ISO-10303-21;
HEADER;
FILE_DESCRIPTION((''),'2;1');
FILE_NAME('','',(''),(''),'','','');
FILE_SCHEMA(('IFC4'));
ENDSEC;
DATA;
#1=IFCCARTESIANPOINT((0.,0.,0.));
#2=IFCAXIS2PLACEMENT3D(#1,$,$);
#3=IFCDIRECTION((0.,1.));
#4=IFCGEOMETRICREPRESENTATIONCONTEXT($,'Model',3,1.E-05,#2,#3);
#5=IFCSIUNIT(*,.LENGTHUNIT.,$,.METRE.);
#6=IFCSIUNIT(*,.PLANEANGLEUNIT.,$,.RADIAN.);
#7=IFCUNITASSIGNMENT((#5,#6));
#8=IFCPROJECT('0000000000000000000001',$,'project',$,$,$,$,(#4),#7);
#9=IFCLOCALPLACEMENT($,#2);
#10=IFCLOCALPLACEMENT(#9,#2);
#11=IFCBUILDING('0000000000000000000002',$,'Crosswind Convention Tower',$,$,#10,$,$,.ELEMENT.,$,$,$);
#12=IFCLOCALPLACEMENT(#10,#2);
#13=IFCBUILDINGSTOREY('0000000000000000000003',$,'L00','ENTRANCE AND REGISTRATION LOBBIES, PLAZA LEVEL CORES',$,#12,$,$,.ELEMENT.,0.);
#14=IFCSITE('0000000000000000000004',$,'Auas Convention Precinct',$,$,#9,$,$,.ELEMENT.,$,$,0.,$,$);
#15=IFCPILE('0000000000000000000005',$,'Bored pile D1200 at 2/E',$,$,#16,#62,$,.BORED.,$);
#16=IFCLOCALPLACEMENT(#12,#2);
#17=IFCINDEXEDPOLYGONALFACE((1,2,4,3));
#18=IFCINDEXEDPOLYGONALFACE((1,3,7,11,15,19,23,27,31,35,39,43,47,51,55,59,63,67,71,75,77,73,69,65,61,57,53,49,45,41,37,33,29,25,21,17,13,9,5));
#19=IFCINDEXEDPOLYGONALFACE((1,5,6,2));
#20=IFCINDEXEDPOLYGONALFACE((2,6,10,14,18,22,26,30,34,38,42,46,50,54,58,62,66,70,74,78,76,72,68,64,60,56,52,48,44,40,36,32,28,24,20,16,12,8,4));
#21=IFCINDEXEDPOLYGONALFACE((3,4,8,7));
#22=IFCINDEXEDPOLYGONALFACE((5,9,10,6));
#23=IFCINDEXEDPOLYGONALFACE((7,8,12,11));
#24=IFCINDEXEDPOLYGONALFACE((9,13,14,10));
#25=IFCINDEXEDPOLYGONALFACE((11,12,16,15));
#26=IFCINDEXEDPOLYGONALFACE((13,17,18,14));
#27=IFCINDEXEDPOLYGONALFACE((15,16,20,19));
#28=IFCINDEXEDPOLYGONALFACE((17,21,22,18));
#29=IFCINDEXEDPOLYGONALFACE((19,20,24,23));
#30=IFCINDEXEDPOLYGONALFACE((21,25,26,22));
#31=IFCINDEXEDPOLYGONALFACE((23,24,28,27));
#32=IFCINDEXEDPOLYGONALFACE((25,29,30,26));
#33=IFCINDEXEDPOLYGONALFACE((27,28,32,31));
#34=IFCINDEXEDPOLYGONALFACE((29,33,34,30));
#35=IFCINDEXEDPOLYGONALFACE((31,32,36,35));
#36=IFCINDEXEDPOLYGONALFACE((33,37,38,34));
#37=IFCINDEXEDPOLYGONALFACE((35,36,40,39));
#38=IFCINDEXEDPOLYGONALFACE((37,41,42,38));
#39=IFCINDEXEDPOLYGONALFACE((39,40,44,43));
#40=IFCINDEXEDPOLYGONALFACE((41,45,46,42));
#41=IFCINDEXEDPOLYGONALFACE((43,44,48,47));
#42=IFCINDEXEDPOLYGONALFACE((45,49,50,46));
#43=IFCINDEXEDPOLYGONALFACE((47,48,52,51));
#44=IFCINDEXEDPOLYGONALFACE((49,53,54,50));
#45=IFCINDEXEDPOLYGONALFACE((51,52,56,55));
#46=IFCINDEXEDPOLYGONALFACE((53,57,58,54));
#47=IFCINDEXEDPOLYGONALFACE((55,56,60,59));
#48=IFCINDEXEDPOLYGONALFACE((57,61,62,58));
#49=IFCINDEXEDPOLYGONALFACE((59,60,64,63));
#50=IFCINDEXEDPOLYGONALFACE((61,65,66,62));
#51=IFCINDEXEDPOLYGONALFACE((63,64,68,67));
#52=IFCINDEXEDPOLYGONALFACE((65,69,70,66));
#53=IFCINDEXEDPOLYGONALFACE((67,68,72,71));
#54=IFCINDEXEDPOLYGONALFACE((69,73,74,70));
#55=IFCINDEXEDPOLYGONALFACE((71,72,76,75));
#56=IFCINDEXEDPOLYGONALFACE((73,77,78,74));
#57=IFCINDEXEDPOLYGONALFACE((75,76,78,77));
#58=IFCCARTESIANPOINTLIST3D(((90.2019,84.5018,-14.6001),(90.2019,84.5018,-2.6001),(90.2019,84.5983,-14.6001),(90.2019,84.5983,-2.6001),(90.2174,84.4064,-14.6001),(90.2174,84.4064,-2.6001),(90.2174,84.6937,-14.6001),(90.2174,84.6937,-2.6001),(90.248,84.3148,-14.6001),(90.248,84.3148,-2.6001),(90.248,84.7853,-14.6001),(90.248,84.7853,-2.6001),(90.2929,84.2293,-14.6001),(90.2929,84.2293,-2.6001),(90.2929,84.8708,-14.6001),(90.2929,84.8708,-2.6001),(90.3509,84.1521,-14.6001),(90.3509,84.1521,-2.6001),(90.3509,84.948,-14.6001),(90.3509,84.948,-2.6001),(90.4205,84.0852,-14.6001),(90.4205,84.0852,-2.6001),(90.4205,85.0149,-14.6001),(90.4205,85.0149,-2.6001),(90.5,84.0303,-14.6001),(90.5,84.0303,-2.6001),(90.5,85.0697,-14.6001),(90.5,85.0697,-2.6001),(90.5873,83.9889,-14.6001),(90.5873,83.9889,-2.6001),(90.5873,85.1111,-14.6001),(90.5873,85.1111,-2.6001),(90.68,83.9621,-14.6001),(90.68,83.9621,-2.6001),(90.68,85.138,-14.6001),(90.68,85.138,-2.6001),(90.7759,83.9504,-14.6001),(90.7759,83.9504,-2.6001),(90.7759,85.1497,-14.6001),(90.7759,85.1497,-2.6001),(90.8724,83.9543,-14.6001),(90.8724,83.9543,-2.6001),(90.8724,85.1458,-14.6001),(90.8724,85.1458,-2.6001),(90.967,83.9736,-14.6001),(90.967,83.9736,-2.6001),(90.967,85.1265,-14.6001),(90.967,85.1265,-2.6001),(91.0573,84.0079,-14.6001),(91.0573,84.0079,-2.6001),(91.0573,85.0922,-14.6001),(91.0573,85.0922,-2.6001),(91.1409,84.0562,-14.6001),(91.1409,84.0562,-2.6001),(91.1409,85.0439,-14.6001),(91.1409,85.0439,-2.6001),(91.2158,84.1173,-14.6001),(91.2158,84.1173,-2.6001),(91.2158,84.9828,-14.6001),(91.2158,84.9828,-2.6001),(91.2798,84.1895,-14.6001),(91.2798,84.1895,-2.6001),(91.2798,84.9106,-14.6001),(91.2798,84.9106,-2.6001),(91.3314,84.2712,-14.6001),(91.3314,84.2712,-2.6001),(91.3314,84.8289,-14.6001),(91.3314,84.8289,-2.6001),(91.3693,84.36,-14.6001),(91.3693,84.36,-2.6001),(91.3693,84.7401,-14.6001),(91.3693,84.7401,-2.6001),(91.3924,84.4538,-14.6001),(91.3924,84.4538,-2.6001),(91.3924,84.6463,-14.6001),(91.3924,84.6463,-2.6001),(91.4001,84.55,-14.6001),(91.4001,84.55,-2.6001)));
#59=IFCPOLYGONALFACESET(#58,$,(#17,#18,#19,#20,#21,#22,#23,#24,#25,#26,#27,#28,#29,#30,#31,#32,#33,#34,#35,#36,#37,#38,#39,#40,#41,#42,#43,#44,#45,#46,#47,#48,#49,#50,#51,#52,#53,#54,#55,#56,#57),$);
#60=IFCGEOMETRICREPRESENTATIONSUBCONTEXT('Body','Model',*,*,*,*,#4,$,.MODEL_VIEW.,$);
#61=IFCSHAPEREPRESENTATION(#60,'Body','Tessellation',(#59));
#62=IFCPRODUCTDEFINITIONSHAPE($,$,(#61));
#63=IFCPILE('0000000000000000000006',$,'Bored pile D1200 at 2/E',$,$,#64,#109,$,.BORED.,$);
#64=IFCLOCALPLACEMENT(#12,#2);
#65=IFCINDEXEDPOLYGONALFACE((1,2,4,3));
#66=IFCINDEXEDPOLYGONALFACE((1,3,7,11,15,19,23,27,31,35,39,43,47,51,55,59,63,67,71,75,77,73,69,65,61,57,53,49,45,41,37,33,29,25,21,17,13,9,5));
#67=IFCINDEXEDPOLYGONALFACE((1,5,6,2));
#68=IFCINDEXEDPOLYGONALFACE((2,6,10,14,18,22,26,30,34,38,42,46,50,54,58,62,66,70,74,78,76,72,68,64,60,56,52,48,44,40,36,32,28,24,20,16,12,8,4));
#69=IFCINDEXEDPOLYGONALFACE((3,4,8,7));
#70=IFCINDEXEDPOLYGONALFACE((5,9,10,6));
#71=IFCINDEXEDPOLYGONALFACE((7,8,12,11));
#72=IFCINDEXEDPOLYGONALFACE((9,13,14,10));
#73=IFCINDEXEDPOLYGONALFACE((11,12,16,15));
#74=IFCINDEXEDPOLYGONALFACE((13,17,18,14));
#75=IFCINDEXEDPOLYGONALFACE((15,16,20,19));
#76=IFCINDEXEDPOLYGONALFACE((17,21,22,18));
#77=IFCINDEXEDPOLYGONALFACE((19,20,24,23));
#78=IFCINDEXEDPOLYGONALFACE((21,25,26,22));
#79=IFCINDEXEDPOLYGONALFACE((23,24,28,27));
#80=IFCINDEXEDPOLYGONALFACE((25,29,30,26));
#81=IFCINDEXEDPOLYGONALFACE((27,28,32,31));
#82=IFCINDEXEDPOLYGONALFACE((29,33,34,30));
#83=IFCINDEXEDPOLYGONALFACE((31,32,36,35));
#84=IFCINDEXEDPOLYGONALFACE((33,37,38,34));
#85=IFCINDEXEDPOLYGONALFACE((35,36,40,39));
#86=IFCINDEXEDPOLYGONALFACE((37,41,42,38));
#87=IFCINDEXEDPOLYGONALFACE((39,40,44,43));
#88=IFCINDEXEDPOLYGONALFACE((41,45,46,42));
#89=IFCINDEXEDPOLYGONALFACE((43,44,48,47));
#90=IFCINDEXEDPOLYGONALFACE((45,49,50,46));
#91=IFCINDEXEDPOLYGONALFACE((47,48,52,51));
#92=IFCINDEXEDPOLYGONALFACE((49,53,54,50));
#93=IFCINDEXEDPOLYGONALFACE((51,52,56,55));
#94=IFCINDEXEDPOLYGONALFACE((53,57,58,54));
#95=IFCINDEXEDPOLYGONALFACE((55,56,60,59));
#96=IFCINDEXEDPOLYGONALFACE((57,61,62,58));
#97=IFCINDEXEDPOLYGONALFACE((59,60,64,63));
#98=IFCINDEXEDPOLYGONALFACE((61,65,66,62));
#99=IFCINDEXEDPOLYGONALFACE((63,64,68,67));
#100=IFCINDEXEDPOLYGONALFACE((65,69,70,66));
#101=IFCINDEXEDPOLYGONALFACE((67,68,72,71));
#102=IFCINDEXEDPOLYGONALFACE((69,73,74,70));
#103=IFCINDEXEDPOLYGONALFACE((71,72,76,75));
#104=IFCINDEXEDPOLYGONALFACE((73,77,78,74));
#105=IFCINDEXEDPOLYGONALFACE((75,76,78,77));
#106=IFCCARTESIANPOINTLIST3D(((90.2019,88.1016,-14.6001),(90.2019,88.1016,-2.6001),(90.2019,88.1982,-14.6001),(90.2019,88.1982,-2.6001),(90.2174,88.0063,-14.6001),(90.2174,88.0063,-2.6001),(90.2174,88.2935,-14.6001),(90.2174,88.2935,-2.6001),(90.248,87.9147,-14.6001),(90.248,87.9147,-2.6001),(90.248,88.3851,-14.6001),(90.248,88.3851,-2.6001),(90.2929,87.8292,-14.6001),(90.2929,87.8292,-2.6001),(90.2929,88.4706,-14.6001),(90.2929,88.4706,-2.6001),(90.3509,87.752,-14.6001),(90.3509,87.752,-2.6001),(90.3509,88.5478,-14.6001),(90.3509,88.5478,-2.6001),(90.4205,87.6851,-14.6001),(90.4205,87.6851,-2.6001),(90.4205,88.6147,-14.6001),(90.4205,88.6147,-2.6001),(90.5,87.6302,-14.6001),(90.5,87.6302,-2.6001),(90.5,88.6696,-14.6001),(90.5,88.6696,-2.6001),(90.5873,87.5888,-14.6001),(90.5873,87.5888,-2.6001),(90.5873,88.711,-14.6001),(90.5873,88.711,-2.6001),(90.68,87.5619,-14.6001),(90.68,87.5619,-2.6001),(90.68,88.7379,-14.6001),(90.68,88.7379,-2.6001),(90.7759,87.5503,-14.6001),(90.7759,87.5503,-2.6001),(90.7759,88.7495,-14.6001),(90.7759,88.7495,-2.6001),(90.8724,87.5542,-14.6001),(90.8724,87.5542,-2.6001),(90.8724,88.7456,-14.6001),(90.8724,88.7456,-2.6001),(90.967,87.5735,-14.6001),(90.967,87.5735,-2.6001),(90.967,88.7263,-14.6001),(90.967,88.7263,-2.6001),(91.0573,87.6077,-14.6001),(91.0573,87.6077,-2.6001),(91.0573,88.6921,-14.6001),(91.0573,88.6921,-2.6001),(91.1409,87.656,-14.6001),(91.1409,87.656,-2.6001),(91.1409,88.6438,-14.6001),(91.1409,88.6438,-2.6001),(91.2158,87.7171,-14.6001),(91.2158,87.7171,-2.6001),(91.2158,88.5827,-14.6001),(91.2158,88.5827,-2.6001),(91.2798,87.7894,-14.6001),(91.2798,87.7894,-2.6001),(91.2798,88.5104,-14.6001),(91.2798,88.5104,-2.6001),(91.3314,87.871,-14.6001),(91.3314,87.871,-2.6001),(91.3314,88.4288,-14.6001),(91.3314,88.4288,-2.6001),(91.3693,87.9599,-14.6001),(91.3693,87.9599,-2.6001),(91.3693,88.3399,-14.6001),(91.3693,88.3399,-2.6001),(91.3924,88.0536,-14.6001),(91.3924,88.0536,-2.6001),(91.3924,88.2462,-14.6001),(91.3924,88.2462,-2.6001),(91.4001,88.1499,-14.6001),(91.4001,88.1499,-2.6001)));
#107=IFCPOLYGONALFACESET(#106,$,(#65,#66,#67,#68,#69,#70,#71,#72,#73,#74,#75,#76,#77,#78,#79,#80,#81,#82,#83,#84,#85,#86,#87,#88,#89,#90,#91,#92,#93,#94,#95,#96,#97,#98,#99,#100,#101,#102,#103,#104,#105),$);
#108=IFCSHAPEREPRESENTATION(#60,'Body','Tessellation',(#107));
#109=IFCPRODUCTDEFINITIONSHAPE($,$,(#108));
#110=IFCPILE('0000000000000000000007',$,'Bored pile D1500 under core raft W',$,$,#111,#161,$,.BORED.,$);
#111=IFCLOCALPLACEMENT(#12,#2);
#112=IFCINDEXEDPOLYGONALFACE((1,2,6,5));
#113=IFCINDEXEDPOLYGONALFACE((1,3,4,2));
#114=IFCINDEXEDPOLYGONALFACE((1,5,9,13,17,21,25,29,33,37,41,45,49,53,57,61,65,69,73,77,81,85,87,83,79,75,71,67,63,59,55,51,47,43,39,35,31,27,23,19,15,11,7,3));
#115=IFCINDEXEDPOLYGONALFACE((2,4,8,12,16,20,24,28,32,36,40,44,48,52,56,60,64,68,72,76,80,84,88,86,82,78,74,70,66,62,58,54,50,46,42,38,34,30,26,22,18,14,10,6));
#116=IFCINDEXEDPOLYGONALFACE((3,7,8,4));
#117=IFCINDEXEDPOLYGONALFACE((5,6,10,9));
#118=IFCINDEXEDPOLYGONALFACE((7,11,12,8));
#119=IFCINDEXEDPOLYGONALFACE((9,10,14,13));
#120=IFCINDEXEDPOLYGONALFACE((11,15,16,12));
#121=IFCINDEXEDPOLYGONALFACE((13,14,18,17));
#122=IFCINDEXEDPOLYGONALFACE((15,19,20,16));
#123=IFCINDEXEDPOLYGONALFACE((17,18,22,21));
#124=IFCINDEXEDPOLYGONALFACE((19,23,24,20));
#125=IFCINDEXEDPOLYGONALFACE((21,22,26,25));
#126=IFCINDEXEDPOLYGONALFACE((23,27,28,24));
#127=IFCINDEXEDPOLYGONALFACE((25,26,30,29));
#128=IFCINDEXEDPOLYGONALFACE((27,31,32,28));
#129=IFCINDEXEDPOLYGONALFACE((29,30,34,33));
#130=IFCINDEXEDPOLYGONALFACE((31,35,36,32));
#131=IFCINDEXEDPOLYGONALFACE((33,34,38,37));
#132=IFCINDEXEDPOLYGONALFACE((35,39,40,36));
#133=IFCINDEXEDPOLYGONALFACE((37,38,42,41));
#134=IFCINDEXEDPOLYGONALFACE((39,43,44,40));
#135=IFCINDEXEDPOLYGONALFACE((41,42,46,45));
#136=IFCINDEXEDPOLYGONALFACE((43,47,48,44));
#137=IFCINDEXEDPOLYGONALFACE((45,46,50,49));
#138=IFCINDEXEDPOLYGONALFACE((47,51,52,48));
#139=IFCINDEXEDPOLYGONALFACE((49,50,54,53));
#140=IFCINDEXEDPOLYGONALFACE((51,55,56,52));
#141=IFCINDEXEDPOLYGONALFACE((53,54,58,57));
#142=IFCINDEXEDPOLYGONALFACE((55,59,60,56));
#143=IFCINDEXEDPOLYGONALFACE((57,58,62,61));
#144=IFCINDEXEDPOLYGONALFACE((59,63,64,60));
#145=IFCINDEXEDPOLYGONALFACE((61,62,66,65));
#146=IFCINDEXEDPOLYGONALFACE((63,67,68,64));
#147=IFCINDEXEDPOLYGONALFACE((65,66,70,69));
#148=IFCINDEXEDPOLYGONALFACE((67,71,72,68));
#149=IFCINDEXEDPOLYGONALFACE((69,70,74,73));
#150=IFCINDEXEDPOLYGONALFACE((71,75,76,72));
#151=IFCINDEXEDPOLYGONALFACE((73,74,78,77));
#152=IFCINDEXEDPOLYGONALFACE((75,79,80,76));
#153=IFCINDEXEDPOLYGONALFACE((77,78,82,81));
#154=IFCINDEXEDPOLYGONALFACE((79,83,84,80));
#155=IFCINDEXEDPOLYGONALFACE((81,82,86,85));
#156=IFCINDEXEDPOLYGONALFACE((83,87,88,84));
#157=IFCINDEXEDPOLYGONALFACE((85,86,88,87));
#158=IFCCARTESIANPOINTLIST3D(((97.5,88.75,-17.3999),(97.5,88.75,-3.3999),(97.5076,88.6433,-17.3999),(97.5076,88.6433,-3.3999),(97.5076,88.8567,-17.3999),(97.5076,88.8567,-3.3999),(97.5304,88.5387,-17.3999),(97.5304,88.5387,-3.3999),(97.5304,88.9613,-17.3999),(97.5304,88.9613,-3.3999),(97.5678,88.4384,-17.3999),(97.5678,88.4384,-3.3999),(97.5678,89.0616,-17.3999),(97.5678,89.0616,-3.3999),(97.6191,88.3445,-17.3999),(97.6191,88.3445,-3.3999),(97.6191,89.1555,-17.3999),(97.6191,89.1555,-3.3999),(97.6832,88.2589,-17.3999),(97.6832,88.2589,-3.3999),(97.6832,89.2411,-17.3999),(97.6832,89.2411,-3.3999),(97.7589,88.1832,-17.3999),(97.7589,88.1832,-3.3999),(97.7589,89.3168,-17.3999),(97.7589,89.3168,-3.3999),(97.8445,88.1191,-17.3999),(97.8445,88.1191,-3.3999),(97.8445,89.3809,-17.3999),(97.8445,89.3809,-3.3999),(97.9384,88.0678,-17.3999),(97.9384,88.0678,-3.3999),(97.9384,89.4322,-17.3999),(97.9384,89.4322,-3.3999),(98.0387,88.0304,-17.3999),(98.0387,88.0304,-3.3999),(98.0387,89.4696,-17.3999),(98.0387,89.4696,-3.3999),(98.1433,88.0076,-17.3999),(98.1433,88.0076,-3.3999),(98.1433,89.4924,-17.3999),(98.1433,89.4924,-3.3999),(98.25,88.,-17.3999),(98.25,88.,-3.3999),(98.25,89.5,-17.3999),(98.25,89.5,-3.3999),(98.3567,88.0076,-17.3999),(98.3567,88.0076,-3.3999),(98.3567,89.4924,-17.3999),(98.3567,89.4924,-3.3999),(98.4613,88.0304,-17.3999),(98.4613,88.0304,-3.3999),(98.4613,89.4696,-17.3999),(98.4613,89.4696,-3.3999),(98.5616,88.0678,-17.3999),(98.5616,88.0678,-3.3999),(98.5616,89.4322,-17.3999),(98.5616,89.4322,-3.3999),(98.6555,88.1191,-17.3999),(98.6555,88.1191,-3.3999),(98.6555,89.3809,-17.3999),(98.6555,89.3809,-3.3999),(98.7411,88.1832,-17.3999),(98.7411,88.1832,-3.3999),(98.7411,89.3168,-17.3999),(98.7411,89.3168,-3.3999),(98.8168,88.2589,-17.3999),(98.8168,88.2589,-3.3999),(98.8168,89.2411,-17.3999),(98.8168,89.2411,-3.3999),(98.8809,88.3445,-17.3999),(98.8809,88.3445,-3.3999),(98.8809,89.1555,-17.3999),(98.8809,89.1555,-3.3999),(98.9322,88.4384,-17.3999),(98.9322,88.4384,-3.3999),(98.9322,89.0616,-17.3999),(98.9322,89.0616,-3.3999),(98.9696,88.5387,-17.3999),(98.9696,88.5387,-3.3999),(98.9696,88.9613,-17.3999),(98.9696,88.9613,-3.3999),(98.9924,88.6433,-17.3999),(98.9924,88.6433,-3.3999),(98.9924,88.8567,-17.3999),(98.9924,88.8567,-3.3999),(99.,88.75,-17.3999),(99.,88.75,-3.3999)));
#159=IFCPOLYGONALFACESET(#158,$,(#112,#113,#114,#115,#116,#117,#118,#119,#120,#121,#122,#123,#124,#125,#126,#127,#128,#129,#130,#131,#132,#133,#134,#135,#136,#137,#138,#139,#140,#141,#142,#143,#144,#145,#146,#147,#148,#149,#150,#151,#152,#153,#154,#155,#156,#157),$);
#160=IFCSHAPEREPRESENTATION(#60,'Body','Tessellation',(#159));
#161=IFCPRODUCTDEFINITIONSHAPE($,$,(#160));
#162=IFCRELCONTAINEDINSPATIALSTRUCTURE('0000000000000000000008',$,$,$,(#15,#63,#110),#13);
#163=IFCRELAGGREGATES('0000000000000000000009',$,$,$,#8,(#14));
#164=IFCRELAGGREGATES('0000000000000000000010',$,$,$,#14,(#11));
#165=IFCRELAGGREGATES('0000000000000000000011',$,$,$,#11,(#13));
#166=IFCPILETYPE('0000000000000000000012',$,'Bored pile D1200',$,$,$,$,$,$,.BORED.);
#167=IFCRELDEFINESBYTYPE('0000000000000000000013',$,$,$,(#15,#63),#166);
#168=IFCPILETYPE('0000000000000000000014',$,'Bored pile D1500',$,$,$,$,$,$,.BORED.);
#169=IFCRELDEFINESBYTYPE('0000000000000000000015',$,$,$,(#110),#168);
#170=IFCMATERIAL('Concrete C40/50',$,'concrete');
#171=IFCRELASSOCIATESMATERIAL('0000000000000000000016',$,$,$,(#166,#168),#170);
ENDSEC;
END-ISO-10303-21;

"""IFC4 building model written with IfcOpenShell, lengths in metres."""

from ifc_helpers import new_model, si_unit, direction, frame, origin, origin_2d, place, context, subcontext, project, spatial, circle, extrude, material, material_profile, profile_set, type_object, element, save


model = new_model("IFC4")

# Units and contexts
model_context = context("Model", 3, precision=1e-05, world=origin(), true_north=direction((0.0, 1.0)))
body_context = subcontext(model_context, "Body", "Model", "MODEL_VIEW")
ifc_project = project(units=[si_unit("LENGTHUNIT", "METRE"), si_unit("PLANEANGLEUNIT", "RADIAN")], contexts=[model_context])

# Site, building, storey
site_placement = place(None, origin())
site = spatial("IfcSite", under=ifc_project, at=site_placement, Name="Auas Convention Precinct", CompositionType="ELEMENT", RefElevation=0.0)
building_placement = place(site_placement, origin())
building = spatial("IfcBuilding", under=site, at=building_placement, Name="Crosswind Convention Tower", CompositionType="ELEMENT")
storey_placement = place(building_placement, origin())
storey = spatial("IfcBuildingStorey", under=building, at=storey_placement, Name="L00", Description="ENTRANCE AND REGISTRATION LOBBIES, PLAZA LEVEL CORES", CompositionType="ELEMENT", Elevation=0.0)

# Piles
ifc_material_1 = material(Name="Concrete C40/50", Category="concrete")
ifc_material_profile_1 = material_profile(ifc_material_1, circle(Radius=0.6001, at=origin_2d()), Name="Bored pile D1200")
ifc_profile_set_1 = profile_set([ifc_material_profile_1], Name="Concrete C40/50")
pile_type_1 = type_object("IfcPileType", Name="Bored pile D1200", PredefinedType="BORED", material=ifc_profile_set_1)
for number, where, z_axis, x_axis, name in (
    (1, (90.8, 84.55, -2.6001), (0.0, 0.0, -1.0), (1.0, 0.0, 0.0), "Bored pile D1200 at 2/E"),
    (2, (90.8, 88.1499, -2.6001), (0.0, 0.0, -1.0), (1.0, 0.0, 0.0), "Bored pile D1200 at 2/E"),
):
    element("IfcPile", number, at=place(storey_placement, frame(where, z_axis=z_axis, x_axis=x_axis)), inside=storey, type_object=pile_type_1, Name=name, PredefinedType="BORED", context=body_context, shape_type="SweptSolid", body=[
        extrude(circle(Radius=0.6001, at=origin_2d()), origin(), (0.0, 0.0, 1.0), 12.0),
    ])
ifc_material_profile_2 = material_profile(ifc_material_1, circle(Radius=0.75, at=origin_2d()), Name="Bored pile D1500")
ifc_profile_set_2 = profile_set([ifc_material_profile_2], Name="Concrete C40/50")
pile_type_2 = type_object("IfcPileType", Name="Bored pile D1500", PredefinedType="BORED", material=ifc_profile_set_2)
for number, where, z_axis, x_axis, name in (
    (3, (98.25, 88.75, -3.3999), (0.0, 0.0, -1.0), (1.0, 0.0, 0.0), "Bored pile D1500 under core raft W"),
):
    element("IfcPile", number, at=place(storey_placement, frame(where, z_axis=z_axis, x_axis=x_axis)), inside=storey, type_object=pile_type_2, Name=name, PredefinedType="BORED", context=body_context, shape_type="SweptSolid", body=[
        extrude(circle(Radius=0.75, at=origin_2d()), origin(), (0.0, 0.0, 1.0), 14.0),
    ])

save(model, "model.ifc")
